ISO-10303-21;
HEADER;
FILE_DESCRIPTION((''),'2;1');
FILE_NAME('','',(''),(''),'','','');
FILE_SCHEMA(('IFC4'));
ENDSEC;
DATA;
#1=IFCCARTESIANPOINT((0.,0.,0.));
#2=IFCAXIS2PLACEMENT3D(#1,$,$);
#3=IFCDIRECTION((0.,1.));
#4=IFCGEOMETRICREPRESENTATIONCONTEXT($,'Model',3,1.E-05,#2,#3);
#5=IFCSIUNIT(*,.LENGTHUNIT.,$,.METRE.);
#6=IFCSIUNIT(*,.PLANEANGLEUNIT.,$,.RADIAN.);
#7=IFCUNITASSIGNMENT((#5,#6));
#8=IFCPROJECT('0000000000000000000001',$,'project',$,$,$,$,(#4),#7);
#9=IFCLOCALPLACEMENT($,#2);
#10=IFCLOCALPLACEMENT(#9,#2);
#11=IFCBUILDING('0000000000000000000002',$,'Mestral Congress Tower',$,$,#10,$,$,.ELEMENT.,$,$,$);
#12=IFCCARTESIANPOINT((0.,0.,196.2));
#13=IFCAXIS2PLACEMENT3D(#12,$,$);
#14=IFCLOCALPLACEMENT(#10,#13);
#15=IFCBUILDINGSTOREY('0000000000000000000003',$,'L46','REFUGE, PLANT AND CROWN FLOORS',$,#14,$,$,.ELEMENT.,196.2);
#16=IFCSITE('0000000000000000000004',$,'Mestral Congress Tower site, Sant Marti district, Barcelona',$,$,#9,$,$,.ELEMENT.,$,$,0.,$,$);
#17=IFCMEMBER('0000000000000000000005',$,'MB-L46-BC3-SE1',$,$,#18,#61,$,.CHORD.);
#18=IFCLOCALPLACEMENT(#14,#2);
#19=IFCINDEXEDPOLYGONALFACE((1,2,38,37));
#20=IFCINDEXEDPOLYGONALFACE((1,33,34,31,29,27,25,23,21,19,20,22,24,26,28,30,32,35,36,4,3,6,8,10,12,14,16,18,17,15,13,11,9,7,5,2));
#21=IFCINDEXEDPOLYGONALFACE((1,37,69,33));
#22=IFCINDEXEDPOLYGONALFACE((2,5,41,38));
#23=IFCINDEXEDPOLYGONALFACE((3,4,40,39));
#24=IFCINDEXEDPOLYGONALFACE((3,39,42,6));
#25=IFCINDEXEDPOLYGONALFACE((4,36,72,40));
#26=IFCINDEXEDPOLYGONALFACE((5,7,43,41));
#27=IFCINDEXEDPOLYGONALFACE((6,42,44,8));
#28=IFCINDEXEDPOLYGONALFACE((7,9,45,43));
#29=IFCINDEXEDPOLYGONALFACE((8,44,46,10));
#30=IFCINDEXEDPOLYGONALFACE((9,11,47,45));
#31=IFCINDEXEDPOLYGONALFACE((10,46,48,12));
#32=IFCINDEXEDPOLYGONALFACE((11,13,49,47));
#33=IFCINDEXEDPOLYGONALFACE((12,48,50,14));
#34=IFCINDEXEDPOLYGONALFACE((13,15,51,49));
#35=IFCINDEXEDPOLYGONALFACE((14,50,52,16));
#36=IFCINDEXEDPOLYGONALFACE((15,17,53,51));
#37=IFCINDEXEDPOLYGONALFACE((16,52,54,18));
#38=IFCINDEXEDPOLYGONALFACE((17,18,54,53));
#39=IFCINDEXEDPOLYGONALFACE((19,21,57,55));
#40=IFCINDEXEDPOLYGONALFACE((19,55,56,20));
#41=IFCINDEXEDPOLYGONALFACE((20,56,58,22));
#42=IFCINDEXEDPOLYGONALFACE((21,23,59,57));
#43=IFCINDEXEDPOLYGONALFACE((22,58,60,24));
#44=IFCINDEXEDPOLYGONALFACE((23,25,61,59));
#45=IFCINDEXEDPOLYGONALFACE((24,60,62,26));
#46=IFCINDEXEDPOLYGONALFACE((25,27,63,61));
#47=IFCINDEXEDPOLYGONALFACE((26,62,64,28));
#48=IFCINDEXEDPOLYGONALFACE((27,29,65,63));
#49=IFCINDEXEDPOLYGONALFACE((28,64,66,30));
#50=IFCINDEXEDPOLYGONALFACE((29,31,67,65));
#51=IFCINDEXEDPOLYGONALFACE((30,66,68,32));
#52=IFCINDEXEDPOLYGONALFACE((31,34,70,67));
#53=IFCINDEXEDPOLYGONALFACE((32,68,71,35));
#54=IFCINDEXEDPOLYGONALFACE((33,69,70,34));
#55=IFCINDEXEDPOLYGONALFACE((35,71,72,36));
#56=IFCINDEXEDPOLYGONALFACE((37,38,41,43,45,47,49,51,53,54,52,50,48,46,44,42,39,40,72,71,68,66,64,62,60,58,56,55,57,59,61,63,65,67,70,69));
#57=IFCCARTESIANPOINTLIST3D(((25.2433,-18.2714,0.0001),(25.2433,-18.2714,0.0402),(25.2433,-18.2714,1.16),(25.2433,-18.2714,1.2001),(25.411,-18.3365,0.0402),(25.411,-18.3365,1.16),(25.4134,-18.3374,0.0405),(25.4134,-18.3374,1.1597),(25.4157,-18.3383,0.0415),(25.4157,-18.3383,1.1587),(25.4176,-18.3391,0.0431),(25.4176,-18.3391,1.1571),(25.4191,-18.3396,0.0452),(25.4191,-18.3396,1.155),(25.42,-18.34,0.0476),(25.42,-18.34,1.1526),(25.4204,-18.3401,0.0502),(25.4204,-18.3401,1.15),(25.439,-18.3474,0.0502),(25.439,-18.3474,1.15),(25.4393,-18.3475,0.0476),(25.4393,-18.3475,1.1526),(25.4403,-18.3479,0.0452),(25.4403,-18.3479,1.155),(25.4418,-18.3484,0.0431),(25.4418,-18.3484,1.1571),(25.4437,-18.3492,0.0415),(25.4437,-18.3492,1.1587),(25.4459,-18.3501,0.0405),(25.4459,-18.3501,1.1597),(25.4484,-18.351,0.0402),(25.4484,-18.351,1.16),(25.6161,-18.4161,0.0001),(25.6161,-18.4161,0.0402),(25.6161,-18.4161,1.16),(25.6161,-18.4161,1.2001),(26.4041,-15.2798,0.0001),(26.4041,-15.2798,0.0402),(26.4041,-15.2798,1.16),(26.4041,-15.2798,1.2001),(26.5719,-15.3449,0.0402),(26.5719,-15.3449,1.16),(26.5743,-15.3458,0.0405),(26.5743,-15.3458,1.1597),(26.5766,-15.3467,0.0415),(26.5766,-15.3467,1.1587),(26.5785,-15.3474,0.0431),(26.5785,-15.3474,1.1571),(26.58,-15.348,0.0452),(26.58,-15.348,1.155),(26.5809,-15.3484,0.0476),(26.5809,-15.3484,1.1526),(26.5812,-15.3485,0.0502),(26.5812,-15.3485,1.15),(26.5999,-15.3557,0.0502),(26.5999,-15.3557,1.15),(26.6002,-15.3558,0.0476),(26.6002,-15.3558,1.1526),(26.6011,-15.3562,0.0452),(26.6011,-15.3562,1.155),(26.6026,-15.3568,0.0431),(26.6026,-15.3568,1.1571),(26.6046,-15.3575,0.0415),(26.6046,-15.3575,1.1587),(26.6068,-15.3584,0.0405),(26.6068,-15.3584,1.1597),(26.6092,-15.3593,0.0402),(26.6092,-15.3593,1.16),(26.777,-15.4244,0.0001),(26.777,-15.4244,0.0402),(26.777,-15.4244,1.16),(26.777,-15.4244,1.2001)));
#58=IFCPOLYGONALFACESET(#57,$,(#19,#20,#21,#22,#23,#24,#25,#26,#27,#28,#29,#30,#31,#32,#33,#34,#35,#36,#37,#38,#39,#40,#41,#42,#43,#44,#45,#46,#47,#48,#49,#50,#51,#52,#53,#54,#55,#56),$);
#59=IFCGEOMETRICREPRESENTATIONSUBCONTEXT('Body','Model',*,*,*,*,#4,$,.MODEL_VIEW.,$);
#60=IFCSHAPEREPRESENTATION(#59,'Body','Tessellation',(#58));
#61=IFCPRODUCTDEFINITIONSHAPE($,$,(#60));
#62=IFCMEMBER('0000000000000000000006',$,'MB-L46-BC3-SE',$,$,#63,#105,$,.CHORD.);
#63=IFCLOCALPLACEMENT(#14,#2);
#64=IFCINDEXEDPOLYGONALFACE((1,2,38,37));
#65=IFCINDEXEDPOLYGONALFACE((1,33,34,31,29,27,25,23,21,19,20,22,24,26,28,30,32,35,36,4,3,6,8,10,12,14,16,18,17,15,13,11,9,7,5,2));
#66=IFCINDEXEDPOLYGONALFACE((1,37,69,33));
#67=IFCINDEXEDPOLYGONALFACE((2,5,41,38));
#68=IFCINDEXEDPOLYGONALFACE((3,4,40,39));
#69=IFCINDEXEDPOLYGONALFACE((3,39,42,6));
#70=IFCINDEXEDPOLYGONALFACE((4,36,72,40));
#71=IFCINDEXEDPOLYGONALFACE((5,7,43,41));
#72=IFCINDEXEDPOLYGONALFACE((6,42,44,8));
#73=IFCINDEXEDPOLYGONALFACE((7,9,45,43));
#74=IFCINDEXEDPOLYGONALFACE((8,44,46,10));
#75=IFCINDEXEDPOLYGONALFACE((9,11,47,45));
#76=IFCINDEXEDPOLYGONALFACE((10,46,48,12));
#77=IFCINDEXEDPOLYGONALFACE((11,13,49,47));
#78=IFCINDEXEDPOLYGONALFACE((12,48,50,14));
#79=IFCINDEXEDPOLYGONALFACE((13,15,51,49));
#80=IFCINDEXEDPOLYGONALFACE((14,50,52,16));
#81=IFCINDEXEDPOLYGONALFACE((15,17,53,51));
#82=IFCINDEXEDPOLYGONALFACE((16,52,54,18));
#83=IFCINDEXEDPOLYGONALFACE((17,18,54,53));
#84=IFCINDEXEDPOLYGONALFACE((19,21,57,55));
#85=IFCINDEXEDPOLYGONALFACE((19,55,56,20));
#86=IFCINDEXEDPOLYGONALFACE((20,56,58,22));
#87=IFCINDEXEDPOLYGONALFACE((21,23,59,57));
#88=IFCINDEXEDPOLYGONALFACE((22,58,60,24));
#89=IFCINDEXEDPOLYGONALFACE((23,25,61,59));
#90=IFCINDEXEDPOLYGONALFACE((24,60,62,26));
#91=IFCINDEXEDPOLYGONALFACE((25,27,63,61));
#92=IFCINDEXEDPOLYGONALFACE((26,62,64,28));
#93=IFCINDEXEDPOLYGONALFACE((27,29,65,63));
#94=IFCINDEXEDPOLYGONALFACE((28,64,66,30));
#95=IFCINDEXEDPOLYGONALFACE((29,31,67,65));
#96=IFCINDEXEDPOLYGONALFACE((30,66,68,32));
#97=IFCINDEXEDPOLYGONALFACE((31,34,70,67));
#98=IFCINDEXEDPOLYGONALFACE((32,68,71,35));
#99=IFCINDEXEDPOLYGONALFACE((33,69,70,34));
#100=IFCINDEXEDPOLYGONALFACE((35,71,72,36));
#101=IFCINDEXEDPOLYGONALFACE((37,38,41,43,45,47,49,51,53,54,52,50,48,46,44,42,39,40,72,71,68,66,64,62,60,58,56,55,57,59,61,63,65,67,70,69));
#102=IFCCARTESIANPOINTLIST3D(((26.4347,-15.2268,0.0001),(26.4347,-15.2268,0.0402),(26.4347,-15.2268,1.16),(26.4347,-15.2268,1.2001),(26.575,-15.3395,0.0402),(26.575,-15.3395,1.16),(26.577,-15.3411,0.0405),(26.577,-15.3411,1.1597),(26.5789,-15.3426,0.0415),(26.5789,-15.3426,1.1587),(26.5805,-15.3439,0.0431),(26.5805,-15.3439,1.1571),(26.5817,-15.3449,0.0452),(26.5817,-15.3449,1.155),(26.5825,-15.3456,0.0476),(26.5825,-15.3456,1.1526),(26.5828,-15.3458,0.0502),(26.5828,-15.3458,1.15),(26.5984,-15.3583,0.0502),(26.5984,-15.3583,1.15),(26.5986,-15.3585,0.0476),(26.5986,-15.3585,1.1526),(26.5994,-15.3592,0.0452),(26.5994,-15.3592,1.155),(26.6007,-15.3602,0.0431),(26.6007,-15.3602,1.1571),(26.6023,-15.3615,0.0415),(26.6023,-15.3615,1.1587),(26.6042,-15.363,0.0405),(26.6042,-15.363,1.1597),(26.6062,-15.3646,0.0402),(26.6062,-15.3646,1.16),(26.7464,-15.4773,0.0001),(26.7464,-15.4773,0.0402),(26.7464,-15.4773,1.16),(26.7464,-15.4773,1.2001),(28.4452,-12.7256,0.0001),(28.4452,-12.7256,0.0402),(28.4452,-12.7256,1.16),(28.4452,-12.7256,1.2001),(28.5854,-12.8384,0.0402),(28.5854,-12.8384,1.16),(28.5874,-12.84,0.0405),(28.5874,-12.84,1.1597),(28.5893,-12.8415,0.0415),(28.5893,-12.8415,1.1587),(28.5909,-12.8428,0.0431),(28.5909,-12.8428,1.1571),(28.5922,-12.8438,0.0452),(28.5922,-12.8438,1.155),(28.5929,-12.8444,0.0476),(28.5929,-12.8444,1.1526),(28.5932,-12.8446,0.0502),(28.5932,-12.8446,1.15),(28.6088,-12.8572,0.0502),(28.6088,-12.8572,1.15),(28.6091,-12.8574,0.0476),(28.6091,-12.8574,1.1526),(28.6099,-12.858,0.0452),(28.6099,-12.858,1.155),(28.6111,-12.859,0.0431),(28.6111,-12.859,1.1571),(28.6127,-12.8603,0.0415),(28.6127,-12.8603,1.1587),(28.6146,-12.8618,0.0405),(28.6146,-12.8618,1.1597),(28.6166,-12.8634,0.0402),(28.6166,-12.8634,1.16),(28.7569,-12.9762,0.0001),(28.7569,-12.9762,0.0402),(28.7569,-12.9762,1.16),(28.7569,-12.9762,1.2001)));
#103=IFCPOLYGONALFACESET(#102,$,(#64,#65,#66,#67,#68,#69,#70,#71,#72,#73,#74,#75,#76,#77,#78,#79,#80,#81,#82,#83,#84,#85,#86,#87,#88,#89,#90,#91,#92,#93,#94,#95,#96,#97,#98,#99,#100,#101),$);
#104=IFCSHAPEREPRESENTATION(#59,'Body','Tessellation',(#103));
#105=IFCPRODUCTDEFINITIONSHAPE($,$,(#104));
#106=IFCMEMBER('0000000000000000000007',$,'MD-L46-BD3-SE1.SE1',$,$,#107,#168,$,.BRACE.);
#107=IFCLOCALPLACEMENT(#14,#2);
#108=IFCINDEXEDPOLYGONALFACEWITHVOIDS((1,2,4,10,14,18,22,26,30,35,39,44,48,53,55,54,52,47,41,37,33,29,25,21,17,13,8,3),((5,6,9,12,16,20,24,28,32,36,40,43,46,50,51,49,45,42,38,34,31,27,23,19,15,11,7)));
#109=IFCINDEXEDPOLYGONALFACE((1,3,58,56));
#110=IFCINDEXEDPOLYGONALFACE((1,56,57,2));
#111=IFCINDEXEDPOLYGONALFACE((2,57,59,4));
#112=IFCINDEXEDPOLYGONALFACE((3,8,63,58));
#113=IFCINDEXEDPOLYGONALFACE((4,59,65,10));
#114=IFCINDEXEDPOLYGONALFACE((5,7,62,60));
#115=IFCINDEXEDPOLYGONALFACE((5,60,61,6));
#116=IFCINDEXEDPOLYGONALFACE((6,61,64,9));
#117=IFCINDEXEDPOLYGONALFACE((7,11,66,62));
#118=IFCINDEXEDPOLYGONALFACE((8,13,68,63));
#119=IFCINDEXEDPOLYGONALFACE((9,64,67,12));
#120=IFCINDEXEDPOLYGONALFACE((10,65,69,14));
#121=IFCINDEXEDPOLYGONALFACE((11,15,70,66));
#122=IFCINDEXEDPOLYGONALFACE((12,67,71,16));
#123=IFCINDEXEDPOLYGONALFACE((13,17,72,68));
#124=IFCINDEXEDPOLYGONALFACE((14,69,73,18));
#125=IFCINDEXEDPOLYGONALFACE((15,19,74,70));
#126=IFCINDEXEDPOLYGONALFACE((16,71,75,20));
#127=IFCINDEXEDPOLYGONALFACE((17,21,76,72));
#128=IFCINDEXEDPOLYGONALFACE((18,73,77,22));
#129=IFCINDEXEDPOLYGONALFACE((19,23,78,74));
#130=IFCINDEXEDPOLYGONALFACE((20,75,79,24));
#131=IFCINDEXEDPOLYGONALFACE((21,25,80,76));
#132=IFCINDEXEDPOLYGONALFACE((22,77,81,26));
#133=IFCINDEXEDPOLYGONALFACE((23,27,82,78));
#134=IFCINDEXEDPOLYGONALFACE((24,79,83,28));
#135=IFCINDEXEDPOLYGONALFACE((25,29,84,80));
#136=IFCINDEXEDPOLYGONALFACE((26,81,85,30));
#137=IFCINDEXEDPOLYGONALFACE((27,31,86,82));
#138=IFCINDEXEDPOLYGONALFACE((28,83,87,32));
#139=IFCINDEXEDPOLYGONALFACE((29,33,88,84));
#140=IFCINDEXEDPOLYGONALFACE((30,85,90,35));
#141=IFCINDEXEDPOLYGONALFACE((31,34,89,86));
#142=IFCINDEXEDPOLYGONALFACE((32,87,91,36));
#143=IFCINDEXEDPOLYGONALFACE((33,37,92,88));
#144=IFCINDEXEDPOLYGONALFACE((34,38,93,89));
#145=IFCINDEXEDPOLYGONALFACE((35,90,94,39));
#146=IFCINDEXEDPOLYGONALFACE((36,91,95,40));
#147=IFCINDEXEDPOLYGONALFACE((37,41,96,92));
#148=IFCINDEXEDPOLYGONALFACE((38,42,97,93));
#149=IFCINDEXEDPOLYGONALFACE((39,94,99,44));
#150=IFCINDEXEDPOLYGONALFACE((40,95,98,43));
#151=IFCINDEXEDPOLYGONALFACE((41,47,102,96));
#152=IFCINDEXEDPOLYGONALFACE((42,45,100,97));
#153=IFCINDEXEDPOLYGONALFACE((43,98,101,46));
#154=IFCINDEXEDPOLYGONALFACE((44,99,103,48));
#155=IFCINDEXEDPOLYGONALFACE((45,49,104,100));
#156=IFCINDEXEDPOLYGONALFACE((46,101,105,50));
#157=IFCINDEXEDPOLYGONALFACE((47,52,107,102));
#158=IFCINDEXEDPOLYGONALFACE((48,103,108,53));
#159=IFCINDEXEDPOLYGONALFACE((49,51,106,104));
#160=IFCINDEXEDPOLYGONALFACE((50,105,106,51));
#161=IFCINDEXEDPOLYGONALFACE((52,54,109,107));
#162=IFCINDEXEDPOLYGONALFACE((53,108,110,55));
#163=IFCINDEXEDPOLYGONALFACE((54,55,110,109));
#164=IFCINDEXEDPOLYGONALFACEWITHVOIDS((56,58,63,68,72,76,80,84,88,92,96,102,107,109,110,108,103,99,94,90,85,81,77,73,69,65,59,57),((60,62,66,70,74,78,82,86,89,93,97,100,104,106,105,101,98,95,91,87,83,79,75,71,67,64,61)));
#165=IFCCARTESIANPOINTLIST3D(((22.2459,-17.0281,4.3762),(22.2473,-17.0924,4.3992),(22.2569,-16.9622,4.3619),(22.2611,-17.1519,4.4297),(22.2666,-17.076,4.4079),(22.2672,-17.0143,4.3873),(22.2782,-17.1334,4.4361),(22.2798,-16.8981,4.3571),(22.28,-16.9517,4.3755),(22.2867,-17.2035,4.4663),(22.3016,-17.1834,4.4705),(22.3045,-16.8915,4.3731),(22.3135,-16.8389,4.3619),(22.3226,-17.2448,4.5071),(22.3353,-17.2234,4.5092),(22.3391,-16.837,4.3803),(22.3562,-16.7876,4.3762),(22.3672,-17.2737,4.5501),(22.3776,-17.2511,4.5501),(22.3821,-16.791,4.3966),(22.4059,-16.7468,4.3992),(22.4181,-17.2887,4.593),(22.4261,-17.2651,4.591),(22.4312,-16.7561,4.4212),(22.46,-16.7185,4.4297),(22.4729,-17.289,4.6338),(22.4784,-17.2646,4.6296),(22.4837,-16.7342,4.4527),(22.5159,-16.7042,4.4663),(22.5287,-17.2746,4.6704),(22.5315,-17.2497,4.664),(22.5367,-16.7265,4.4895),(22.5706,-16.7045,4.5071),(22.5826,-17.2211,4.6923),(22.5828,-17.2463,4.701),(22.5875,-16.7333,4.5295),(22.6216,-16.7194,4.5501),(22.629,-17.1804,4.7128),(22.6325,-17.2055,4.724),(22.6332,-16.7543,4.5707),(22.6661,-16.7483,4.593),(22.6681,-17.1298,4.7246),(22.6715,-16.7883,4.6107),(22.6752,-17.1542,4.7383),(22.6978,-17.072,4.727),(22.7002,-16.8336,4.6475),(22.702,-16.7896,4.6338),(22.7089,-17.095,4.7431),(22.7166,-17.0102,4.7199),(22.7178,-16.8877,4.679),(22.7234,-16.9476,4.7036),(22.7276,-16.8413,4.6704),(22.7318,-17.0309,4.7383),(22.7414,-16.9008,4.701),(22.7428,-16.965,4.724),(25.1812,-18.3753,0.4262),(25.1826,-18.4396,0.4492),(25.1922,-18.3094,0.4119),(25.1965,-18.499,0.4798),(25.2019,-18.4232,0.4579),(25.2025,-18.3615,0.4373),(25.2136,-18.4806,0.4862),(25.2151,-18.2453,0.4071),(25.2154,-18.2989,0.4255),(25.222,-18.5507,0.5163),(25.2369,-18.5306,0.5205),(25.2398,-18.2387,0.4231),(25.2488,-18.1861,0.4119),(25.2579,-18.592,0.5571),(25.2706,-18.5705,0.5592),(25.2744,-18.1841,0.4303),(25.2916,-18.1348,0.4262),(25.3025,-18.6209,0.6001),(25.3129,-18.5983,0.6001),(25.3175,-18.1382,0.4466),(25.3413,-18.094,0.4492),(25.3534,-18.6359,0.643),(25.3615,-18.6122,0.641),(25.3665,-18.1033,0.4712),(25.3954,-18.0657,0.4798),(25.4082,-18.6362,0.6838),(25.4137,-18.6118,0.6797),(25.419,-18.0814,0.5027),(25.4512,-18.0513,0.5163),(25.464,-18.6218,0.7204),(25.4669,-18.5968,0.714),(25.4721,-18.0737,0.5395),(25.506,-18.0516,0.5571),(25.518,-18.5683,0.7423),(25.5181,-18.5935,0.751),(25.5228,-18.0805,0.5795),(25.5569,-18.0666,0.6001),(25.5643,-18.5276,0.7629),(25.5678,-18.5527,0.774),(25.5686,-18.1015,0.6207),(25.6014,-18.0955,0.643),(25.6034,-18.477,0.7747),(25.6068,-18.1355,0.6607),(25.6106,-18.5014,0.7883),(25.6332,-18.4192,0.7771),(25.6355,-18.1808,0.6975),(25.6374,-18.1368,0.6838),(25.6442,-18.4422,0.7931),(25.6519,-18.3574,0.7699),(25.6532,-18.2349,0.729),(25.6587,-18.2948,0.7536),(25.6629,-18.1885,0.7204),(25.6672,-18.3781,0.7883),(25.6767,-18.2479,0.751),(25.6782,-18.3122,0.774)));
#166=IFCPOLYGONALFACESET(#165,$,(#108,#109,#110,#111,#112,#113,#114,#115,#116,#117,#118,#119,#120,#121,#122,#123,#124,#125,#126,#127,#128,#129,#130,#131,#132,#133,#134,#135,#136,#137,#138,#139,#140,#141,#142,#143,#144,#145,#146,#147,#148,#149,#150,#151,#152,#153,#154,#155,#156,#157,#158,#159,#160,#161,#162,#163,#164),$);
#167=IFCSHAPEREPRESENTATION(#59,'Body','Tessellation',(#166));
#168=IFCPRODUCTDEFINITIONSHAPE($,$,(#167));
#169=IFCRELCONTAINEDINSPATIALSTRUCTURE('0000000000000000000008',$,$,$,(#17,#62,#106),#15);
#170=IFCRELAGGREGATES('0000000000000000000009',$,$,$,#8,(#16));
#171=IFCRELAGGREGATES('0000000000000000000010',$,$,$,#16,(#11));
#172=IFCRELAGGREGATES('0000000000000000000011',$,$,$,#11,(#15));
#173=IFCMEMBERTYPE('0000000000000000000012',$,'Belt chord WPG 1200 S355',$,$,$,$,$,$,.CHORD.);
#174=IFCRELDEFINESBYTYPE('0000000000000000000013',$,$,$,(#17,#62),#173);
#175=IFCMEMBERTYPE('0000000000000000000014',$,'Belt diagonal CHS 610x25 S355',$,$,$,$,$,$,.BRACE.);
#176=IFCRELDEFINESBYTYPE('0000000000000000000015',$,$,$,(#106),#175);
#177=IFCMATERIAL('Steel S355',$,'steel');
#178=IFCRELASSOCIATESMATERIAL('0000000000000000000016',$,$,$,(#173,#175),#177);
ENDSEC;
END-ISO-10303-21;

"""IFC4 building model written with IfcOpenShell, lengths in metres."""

from ifc_helpers import new_model, si_unit, direction, frame, origin, origin_2d, place, context, subcontext, project, spatial, hollow_circle, i_section, extrude, material, material_profile, profile_set, type_object, element, save


model = new_model("IFC4")

# Units and contexts
model_context = context("Model", 3, precision=1e-05, world=origin(), true_north=direction((0.0, 1.0)))
body_context = subcontext(model_context, "Body", "Model", "MODEL_VIEW")
ifc_project = project(units=[si_unit("LENGTHUNIT", "METRE"), si_unit("PLANEANGLEUNIT", "RADIAN")], contexts=[model_context])

# Site, building, storey
site_placement = place(None, origin())
site = spatial("IfcSite", under=ifc_project, at=site_placement, Name="Mestral Congress Tower site, Sant Marti district, Barcelona", CompositionType="ELEMENT", RefElevation=0.0)
building_placement = place(site_placement, origin())
building = spatial("IfcBuilding", under=site, at=building_placement, Name="Mestral Congress Tower", CompositionType="ELEMENT")
storey_placement = place(building_placement, frame((0.0, 0.0, 196.2)))
storey = spatial("IfcBuildingStorey", under=building, at=storey_placement, Name="L46", Description="REFUGE, PLANT AND CROWN FLOORS", CompositionType="ELEMENT", Elevation=196.2)

# Members
ifc_material_1 = material(Name="Steel S355", Category="steel")
ifc_material_profile_1 = material_profile(ifc_material_1, i_section(OverallWidth=0.3999, OverallDepth=1.2, WebThickness=0.02, FlangeThickness=0.04, FilletRadius=0.01, at=origin_2d()), Name="WPG 1200")
ifc_profile_set_1 = profile_set([ifc_material_profile_1], Name="Steel S355")
member_type_1 = type_object("IfcMemberType", Name="Belt chord WPG 1200 S355", PredefinedType="CHORD", material=ifc_profile_set_1)
for number, where, z_axis, x_axis, name in (
    (1, (25.4297, -18.3438, 0.6001), (0.361756, 0.932273, 0.0), (-0.932273, 0.361756, 0.0), "MB-L46-BC3-SE1"),
    (2, (26.5906, -15.3521, 0.6001), (0.626503, 0.779419, 0.0), (-0.779419, 0.626503, 0.0), "MB-L46-BC3-SE"),
):
    element("IfcMember", number, at=place(storey_placement, frame(where, z_axis=z_axis, x_axis=x_axis)), inside=storey, type_object=member_type_1, Name=name, PredefinedType="CHORD", context=body_context, shape_type="SweptSolid", body=[
        extrude(i_section(OverallWidth=0.3999, OverallDepth=1.2, WebThickness=0.02, FlangeThickness=0.04, FilletRadius=0.01, at=origin_2d()), origin(), (0.0, 0.0, 1.0), 3.209),
    ])
ifc_material_profile_2 = material_profile(ifc_material_1, hollow_circle(Radius=0.3049, WallThickness=0.0249, at=origin_2d()), Name="CHS 610x25")
ifc_profile_set_2 = profile_set([ifc_material_profile_2], Name="Steel S355")
member_type_2 = type_object("IfcMemberType", Name="Belt diagonal CHS 610x25 S355", PredefinedType="BRACE", material=ifc_profile_set_2)
member_1_placement = place(storey_placement, frame((25.4297, -18.3438, 0.6001), z_axis=(-0.575295, 0.264034, 0.774158), x_axis=(-0.417121, -0.908851, 0.0)))
element("IfcMember", 3, at=member_1_placement, inside=storey, type_object=member_type_2, Name="MD-L46-BD3-SE1.SE1", PredefinedType="BRACE", context=body_context, shape_type="SweptSolid", body=[
    extrude(hollow_circle(Radius=0.3049, WallThickness=0.0249, at=origin_2d()), origin(), (0.0, 0.0, 1.0), 5.1023),
])

save(model, "model.ifc")
